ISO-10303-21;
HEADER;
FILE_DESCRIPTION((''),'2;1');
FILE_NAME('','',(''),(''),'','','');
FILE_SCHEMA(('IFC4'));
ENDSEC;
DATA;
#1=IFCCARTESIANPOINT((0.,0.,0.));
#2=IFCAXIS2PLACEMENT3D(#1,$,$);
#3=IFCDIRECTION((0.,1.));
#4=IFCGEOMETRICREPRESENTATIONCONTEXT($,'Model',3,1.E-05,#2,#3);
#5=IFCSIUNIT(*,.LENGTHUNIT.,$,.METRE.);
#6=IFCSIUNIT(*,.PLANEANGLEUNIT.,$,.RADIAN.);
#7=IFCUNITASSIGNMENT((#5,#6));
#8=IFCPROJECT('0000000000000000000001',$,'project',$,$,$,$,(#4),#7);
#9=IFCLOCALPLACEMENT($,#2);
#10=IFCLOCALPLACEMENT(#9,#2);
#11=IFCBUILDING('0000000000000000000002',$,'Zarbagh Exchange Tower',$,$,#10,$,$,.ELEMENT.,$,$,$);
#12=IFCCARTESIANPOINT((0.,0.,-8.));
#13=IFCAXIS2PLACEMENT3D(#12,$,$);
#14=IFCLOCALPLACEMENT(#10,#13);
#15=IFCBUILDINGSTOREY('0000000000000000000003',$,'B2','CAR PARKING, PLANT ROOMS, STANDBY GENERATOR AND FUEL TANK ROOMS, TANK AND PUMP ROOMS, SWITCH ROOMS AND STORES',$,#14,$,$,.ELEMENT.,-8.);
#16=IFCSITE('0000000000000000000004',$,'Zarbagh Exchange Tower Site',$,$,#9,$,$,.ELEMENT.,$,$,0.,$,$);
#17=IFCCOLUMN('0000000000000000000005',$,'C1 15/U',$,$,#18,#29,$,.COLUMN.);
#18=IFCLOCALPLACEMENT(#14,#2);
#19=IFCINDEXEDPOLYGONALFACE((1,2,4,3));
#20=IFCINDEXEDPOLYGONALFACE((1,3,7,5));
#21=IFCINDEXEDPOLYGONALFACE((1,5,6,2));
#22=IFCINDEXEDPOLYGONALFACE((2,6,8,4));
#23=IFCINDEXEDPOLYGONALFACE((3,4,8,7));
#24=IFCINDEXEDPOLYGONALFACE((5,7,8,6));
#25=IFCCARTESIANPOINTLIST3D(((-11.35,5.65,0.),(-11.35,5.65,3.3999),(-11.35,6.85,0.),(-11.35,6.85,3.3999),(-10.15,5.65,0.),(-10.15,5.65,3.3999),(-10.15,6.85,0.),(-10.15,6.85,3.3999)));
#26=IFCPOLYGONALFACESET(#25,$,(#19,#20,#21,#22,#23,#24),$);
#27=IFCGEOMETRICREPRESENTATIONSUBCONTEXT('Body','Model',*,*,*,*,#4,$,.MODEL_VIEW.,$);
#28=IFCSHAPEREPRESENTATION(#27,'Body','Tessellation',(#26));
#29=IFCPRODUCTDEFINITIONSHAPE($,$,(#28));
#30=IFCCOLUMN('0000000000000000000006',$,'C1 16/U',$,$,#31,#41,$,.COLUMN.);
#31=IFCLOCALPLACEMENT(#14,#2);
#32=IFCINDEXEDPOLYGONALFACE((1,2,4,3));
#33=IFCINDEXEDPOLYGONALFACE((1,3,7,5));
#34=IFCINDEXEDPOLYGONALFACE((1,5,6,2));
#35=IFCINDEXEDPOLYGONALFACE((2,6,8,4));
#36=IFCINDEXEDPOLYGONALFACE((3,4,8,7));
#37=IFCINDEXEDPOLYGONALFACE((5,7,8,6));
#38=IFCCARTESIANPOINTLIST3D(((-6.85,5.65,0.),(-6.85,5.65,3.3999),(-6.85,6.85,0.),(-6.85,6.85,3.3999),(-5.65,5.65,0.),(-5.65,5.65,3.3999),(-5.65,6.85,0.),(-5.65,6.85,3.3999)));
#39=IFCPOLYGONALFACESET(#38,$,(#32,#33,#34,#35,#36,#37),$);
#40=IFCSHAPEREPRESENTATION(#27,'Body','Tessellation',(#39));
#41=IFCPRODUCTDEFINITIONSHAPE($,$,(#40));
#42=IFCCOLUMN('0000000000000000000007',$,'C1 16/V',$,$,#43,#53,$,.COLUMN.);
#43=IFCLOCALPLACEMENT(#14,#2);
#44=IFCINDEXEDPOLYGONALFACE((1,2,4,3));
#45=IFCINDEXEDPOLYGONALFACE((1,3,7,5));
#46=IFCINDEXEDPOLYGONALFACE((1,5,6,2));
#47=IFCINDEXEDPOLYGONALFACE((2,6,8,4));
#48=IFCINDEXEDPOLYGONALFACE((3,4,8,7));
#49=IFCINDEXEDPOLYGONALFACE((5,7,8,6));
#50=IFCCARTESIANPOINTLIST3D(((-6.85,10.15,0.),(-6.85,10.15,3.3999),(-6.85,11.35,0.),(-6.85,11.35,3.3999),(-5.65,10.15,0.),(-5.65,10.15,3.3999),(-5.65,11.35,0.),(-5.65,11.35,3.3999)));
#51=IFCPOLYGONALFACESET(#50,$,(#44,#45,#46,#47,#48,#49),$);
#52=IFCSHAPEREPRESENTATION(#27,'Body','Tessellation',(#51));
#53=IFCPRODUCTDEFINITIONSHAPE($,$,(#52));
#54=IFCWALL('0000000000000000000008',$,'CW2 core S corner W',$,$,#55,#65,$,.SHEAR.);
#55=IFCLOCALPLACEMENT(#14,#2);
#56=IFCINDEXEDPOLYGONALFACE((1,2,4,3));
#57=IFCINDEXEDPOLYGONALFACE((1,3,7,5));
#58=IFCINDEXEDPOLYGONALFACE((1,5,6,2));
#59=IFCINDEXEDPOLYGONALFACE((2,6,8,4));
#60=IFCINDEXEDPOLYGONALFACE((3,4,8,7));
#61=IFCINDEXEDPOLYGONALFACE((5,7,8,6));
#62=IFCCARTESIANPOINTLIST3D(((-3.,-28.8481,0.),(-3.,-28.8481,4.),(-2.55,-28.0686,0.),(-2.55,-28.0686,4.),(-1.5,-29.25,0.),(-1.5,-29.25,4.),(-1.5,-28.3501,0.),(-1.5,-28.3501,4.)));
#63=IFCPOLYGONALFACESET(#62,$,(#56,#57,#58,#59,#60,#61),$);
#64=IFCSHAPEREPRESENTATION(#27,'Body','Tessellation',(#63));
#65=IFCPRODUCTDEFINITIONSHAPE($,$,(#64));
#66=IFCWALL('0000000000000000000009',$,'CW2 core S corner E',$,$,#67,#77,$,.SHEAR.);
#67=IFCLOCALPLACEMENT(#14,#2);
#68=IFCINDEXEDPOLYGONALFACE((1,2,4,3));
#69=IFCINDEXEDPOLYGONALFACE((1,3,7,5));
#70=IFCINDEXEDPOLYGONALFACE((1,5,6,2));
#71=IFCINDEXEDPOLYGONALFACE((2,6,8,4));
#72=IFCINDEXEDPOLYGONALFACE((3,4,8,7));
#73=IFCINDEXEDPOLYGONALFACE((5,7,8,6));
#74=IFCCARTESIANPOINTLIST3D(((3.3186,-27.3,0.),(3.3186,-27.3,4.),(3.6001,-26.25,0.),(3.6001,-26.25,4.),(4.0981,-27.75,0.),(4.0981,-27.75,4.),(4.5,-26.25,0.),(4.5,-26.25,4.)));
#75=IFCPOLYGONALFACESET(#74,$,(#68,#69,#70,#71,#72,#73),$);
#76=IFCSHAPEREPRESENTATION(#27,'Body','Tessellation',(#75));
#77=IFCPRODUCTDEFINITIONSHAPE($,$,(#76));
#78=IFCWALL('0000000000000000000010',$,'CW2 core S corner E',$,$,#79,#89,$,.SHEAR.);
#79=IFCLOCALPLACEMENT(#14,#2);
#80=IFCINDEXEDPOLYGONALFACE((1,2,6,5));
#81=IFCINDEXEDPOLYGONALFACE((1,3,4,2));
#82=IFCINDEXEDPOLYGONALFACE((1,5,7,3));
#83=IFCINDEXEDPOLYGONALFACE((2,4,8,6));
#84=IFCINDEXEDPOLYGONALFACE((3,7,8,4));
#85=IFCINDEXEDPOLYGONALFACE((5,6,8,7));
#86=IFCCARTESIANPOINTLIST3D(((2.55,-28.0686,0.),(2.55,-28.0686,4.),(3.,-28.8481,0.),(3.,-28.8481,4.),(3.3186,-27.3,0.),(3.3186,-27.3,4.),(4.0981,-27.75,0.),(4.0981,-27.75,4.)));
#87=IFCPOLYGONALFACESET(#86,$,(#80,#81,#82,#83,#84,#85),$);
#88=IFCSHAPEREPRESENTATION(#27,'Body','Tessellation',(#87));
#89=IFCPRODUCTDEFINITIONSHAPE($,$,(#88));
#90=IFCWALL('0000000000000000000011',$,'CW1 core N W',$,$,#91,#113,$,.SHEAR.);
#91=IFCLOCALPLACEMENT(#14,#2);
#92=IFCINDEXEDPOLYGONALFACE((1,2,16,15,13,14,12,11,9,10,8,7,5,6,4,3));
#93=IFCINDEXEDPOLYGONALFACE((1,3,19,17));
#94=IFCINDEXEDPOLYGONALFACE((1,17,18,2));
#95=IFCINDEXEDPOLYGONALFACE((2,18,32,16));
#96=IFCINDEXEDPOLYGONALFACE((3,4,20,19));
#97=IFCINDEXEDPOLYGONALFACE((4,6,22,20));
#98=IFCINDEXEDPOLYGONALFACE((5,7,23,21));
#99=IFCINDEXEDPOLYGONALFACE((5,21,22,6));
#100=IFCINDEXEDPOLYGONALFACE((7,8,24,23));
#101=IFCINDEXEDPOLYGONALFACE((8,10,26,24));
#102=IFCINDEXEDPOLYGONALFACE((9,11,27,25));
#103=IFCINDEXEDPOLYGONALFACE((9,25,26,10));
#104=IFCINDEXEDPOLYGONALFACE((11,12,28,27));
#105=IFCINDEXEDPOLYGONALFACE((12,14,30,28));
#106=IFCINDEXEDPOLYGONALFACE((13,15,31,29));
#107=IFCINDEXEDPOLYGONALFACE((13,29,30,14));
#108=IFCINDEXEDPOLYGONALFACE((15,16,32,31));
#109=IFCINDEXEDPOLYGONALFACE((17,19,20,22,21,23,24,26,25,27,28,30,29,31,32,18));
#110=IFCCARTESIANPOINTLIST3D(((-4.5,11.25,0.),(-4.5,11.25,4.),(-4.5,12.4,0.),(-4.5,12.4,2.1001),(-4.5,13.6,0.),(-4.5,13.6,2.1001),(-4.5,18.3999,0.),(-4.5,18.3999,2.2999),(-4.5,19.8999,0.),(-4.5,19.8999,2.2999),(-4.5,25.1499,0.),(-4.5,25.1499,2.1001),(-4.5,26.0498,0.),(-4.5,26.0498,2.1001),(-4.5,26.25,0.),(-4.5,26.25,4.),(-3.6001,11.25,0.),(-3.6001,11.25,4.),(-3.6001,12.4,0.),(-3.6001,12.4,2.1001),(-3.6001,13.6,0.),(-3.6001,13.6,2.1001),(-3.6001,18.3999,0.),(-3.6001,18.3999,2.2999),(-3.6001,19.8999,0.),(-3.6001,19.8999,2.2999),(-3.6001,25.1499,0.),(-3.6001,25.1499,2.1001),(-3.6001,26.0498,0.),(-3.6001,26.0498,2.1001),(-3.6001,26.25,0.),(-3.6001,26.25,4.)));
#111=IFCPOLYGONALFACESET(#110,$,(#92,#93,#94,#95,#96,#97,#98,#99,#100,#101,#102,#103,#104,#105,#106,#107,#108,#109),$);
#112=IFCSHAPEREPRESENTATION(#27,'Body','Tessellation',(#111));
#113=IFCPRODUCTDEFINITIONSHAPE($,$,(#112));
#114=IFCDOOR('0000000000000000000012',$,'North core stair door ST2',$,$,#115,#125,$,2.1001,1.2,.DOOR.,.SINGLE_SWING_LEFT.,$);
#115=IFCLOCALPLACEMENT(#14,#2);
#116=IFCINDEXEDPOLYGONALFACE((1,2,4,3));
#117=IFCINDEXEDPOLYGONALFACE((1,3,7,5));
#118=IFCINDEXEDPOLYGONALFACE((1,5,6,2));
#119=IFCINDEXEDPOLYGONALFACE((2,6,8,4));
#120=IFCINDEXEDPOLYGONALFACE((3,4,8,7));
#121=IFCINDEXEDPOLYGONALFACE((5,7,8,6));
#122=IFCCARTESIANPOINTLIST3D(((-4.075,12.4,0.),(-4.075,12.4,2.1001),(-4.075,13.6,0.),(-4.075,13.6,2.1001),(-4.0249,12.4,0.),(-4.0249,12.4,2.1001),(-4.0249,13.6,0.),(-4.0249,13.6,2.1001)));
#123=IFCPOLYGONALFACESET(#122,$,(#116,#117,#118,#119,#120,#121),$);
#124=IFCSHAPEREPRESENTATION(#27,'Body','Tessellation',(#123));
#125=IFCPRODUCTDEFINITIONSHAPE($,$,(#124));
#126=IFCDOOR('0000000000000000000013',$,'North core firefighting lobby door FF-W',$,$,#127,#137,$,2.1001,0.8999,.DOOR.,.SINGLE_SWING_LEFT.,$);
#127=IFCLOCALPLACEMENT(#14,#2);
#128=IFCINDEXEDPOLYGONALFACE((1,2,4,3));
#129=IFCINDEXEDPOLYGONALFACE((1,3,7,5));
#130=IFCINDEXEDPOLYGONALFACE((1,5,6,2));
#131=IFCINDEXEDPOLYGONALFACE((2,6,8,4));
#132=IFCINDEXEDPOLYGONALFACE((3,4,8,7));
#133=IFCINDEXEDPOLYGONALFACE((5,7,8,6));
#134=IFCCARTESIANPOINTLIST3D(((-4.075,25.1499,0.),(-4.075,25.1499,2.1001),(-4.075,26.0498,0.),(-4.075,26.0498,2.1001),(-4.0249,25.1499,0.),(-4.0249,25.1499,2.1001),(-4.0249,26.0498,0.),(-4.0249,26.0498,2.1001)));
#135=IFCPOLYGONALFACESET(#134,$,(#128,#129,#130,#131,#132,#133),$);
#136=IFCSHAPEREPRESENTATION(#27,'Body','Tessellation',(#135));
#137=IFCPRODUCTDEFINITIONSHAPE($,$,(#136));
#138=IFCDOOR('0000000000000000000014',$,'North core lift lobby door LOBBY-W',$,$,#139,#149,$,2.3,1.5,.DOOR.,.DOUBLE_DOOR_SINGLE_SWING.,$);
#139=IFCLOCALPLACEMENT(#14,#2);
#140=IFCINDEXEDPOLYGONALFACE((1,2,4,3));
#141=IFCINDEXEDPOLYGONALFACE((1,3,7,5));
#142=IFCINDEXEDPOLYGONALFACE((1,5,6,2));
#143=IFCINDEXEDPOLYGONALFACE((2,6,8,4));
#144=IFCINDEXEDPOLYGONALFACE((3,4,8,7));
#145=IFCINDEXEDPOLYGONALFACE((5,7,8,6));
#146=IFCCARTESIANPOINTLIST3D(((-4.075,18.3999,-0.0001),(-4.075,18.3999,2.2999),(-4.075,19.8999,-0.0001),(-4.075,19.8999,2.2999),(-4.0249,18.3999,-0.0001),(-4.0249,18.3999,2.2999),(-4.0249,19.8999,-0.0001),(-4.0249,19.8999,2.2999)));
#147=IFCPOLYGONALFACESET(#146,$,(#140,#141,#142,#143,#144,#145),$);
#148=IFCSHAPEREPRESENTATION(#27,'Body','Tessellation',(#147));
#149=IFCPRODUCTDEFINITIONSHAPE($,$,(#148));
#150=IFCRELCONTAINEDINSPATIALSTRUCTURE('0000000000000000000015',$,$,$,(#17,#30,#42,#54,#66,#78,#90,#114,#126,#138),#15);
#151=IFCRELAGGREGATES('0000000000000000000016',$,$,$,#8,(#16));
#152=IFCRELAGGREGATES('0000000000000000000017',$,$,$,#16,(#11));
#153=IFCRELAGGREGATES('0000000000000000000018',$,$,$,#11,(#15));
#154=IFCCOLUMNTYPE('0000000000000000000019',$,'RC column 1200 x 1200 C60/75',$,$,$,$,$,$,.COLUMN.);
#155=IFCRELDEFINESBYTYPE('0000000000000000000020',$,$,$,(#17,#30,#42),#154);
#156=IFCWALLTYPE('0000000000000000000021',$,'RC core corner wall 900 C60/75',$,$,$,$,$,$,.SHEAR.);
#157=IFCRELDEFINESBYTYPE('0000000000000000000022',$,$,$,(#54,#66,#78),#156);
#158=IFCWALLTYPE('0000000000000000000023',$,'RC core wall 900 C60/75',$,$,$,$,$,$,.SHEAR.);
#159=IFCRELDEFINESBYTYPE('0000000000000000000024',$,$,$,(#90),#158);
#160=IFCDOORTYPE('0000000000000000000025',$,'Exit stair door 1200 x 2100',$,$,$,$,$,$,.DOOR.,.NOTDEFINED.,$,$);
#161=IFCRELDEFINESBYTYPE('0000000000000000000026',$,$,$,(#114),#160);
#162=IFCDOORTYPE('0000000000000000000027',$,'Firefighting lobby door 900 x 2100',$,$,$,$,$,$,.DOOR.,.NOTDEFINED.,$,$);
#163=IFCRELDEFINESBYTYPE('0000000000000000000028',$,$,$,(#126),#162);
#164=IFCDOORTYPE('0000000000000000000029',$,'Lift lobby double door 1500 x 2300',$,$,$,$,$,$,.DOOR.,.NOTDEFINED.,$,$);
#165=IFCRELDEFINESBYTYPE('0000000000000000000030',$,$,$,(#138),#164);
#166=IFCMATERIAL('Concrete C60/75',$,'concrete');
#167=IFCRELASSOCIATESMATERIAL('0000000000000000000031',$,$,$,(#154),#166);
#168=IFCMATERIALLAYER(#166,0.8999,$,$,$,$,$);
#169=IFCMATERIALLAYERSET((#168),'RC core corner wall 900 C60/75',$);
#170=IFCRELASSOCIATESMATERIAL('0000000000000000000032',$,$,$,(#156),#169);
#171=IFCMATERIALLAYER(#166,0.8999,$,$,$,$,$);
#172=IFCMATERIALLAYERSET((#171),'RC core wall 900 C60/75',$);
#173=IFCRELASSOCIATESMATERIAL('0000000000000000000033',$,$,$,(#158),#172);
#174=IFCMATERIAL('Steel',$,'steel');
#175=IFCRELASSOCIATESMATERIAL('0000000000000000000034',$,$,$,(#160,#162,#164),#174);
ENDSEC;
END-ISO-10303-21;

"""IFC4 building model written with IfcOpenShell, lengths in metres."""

from ifc_helpers import new_model, si_unit, direction, frame, frame_2d, origin, origin_2d, place, context, subcontext, project, spatial, polyline, rectangle, outline, extrude, material, layer, layer_set, material_profile, profile_set, type_object, element, fill, save


model = new_model("IFC4")

# Units and contexts
model_context = context("Model", 3, precision=1e-05, world=origin(), true_north=direction((0.0, 1.0)))
body_context = subcontext(model_context, "Body", "Model", "MODEL_VIEW")
ifc_project = project(units=[si_unit("LENGTHUNIT", "METRE"), si_unit("PLANEANGLEUNIT", "RADIAN")], contexts=[model_context])

# Site, building, storey
site_placement = place(None, origin())
site = spatial("IfcSite", under=ifc_project, at=site_placement, Name="Zarbagh Exchange Tower Site", CompositionType="ELEMENT", RefElevation=0.0)
building_placement = place(site_placement, origin())
building = spatial("IfcBuilding", under=site, at=building_placement, Name="Zarbagh Exchange Tower", CompositionType="ELEMENT")
storey_placement = place(building_placement, frame((0.0, 0.0, -8.0)))
storey = spatial("IfcBuildingStorey", under=building, at=storey_placement, Name="B2", Description="CAR PARKING, PLANT ROOMS, STANDBY GENERATOR AND FUEL TANK ROOMS, TANK AND PUMP ROOMS, SWITCH ROOMS AND STORES", CompositionType="ELEMENT", Elevation=-8.0)

# Columns
ifc_material_1 = material(Name="Concrete C60/75", Category="concrete")
ifc_material_profile_1 = material_profile(ifc_material_1, rectangle(XDim=1.2, YDim=1.2, at=origin_2d()), Name="RC column 1200 x 1200 C60/75")
ifc_profile_set_1 = profile_set([ifc_material_profile_1], Name="Concrete C60/75")
column_type = type_object("IfcColumnType", Name="RC column 1200 x 1200 C60/75", PredefinedType="COLUMN", material=ifc_profile_set_1)
for number, where, z_axis, x_axis, name in (
    (1, (-10.75, 6.25, 0.0), (0.0, 0.0, 1.0), (1.0, 0.0, 0.0), "C1 15/U"),
    (2, (-6.25, 6.25, 0.0), (0.0, 0.0, 1.0), (1.0, 0.0, 0.0), "C1 16/U"),
    (3, (-6.25, 10.75, 0.0), (0.0, 0.0, 1.0), (1.0, 0.0, 0.0), "C1 16/V"),
):
    element("IfcColumn", number, at=place(storey_placement, frame(where, z_axis=z_axis, x_axis=x_axis)), inside=storey, type_object=column_type, Name=name, PredefinedType="COLUMN", context=body_context, shape_type="SweptSolid", body=[
        extrude(rectangle(XDim=1.2, YDim=1.2, at=origin_2d()), origin(), (0.0, 0.0, 1.0), 3.3999),
    ])

# Walls
ifc_layer_1 = layer(ifc_material_1, 0.8999)
ifc_layer_set_1 = layer_set([ifc_layer_1], Name="RC core corner wall 900 C60/75")
wall_type_1 = type_object("IfcWallType", Name="RC core corner wall 900 C60/75", PredefinedType="SHEAR", material=ifc_layer_set_1)
wall_1_placement = place(storey_placement, origin())
element("IfcWall", 4, at=wall_1_placement, inside=storey, type_object=wall_type_1, Name="CW2 core S corner W", PredefinedType="SHEAR", context=body_context, shape_type="SweptSolid", body=[
    extrude(outline(polyline([(-3.0, -28.8481), (-1.5, -29.25), (-1.5, -28.3501), (-2.55, -28.0686), (-3.0, -28.8481)])), origin(), (0.0, 0.0, 1.0), 4.0),
])
wall_2_placement = place(storey_placement, origin())
element("IfcWall", 5, at=wall_2_placement, inside=storey, type_object=wall_type_1, Name="CW2 core S corner E", PredefinedType="SHEAR", context=body_context, shape_type="SweptSolid", body=[
    extrude(outline(polyline([(4.5, -26.25), (4.0981, -27.75), (3.3186, -27.3), (3.6001, -26.25), (4.5, -26.25)])), origin(), (0.0, 0.0, 1.0), 4.0),
])
wall_3_placement = place(storey_placement, origin())
element("IfcWall", 6, at=wall_3_placement, inside=storey, type_object=wall_type_1, Name="CW2 core S corner E", PredefinedType="SHEAR", context=body_context, shape_type="SweptSolid", body=[
    extrude(outline(polyline([(4.0981, -27.75), (3.0, -28.8481), (2.55, -28.0686), (3.3186, -27.3), (4.0981, -27.75)])), origin(), (0.0, 0.0, 1.0), 4.0),
])

# Wall, openings, doors
ifc_layer_2 = layer(ifc_material_1, 0.8999)
ifc_layer_set_2 = layer_set([ifc_layer_2], Name="RC core wall 900 C60/75")
wall_type_2 = type_object("IfcWallType", Name="RC core wall 900 C60/75", PredefinedType="SHEAR", material=ifc_layer_set_2)
wall_4_placement = place(storey_placement, frame((-4.05, 11.25, 0.0), z_axis=(0.0, 0.0, 1.0), x_axis=(0.0, 1.0, 0.0)))
wall_4 = element("IfcWall", 7, at=wall_4_placement, inside=storey, type_object=wall_type_2, Name="CW1 core N W", PredefinedType="SHEAR", context=body_context, shape_type="SweptSolid", body=[
    extrude(rectangle(XDim=15.0, YDim=0.8999, at=frame_2d((7.5, 0.0))), origin(), (0.0, 0.0, 1.0), 4.0),
])
opening_1_placement = place(wall_4_placement, frame((7.1499, 0.0, 0.0)))
opening_1 = element("IfcOpeningElement", 8, at=opening_1_placement, cuts=wall_4, PredefinedType="OPENING", context=body_context, shape_type="SweptSolid", body=[
    extrude(rectangle(XDim=1.5, YDim=2.3, at=frame_2d((0.75, 1.1499))), frame((0.0, 0.46, 0.0), z_axis=(0.0, -1.0, 0.0), x_axis=(1.0, 0.0, 0.0)), (0.0, 0.0, 1.0), 0.9199),
])
opening_2_placement = place(wall_4_placement, frame((13.8999, 0.0, 0.0)))
opening_2 = element("IfcOpeningElement", 9, at=opening_2_placement, cuts=wall_4, PredefinedType="OPENING", context=body_context, shape_type="SweptSolid", body=[
    extrude(rectangle(XDim=0.8999, YDim=2.1001, at=frame_2d((0.45, 1.05))), frame((0.0, 0.46, 0.0), z_axis=(0.0, -1.0, 0.0), x_axis=(1.0, 0.0, 0.0)), (0.0, 0.0, 1.0), 0.9199),
])
opening_3_placement = place(wall_4_placement, frame((1.1499, 0.0, 0.0)))
opening_3 = element("IfcOpeningElement", 10, at=opening_3_placement, cuts=wall_4, PredefinedType="OPENING", context=body_context, shape_type="SweptSolid", body=[
    extrude(rectangle(XDim=1.2, YDim=2.1001, at=frame_2d((0.6001, 1.05))), frame((0.0, 0.46, 0.0), z_axis=(0.0, -1.0, 0.0), x_axis=(1.0, 0.0, 0.0)), (0.0, 0.0, 1.0), 0.9199),
])
ifc_material_2 = material(Name="Steel", Category="steel")
door_type_1 = type_object("IfcDoorType", Name="Exit stair door 1200 x 2100", OperationType="NOTDEFINED", PredefinedType="DOOR", material=ifc_material_2)
door_1_placement = place(opening_3_placement, origin())
door_1 = element("IfcDoor", 11, at=door_1_placement, inside=storey, type_object=door_type_1, Name="North core stair door ST2", OperationType="SINGLE_SWING_LEFT", OverallHeight=2.1001, OverallWidth=1.2, PredefinedType="DOOR", context=body_context, shape_type="SweptSolid", body=[
    extrude(rectangle(XDim=1.2, YDim=2.1001, at=frame_2d((0.6001, 1.05))), frame((0.0, 0.0249, 0.0), z_axis=(0.0, -1.0, 0.0), x_axis=(1.0, 0.0, 0.0)), (0.0, 0.0, 1.0), 0.05),
])
fill(opening_3, door_1)
door_type_2 = type_object("IfcDoorType", Name="Firefighting lobby door 900 x 2100", OperationType="NOTDEFINED", PredefinedType="DOOR", material=ifc_material_2)
door_2_placement = place(opening_2_placement, origin())
door_2 = element("IfcDoor", 12, at=door_2_placement, inside=storey, type_object=door_type_2, Name="North core firefighting lobby door FF-W", OperationType="SINGLE_SWING_LEFT", OverallHeight=2.1001, OverallWidth=0.8999, PredefinedType="DOOR", context=body_context, shape_type="SweptSolid", body=[
    extrude(rectangle(XDim=0.8999, YDim=2.1001, at=frame_2d((0.45, 1.05))), frame((0.0, 0.0249, 0.0), z_axis=(0.0, -1.0, 0.0), x_axis=(1.0, 0.0, 0.0)), (0.0, 0.0, 1.0), 0.05),
])
fill(opening_2, door_2)
door_type_3 = type_object("IfcDoorType", Name="Lift lobby double door 1500 x 2300", OperationType="NOTDEFINED", PredefinedType="DOOR", material=ifc_material_2)
door_3_placement = place(opening_1_placement, origin())
door_3 = element("IfcDoor", 13, at=door_3_placement, inside=storey, type_object=door_type_3, Name="North core lift lobby door LOBBY-W", OperationType="DOUBLE_DOOR_SINGLE_SWING", OverallHeight=2.3, OverallWidth=1.5, PredefinedType="DOOR", context=body_context, shape_type="SweptSolid", body=[
    extrude(rectangle(XDim=1.5, YDim=2.3, at=frame_2d((0.75, 1.1499))), frame((0.0, 0.0249, 0.0), z_axis=(0.0, -1.0, 0.0), x_axis=(1.0, 0.0, 0.0)), (0.0, 0.0, 1.0), 0.05),
])
fill(opening_1, door_3)

save(model, "model.ifc")
